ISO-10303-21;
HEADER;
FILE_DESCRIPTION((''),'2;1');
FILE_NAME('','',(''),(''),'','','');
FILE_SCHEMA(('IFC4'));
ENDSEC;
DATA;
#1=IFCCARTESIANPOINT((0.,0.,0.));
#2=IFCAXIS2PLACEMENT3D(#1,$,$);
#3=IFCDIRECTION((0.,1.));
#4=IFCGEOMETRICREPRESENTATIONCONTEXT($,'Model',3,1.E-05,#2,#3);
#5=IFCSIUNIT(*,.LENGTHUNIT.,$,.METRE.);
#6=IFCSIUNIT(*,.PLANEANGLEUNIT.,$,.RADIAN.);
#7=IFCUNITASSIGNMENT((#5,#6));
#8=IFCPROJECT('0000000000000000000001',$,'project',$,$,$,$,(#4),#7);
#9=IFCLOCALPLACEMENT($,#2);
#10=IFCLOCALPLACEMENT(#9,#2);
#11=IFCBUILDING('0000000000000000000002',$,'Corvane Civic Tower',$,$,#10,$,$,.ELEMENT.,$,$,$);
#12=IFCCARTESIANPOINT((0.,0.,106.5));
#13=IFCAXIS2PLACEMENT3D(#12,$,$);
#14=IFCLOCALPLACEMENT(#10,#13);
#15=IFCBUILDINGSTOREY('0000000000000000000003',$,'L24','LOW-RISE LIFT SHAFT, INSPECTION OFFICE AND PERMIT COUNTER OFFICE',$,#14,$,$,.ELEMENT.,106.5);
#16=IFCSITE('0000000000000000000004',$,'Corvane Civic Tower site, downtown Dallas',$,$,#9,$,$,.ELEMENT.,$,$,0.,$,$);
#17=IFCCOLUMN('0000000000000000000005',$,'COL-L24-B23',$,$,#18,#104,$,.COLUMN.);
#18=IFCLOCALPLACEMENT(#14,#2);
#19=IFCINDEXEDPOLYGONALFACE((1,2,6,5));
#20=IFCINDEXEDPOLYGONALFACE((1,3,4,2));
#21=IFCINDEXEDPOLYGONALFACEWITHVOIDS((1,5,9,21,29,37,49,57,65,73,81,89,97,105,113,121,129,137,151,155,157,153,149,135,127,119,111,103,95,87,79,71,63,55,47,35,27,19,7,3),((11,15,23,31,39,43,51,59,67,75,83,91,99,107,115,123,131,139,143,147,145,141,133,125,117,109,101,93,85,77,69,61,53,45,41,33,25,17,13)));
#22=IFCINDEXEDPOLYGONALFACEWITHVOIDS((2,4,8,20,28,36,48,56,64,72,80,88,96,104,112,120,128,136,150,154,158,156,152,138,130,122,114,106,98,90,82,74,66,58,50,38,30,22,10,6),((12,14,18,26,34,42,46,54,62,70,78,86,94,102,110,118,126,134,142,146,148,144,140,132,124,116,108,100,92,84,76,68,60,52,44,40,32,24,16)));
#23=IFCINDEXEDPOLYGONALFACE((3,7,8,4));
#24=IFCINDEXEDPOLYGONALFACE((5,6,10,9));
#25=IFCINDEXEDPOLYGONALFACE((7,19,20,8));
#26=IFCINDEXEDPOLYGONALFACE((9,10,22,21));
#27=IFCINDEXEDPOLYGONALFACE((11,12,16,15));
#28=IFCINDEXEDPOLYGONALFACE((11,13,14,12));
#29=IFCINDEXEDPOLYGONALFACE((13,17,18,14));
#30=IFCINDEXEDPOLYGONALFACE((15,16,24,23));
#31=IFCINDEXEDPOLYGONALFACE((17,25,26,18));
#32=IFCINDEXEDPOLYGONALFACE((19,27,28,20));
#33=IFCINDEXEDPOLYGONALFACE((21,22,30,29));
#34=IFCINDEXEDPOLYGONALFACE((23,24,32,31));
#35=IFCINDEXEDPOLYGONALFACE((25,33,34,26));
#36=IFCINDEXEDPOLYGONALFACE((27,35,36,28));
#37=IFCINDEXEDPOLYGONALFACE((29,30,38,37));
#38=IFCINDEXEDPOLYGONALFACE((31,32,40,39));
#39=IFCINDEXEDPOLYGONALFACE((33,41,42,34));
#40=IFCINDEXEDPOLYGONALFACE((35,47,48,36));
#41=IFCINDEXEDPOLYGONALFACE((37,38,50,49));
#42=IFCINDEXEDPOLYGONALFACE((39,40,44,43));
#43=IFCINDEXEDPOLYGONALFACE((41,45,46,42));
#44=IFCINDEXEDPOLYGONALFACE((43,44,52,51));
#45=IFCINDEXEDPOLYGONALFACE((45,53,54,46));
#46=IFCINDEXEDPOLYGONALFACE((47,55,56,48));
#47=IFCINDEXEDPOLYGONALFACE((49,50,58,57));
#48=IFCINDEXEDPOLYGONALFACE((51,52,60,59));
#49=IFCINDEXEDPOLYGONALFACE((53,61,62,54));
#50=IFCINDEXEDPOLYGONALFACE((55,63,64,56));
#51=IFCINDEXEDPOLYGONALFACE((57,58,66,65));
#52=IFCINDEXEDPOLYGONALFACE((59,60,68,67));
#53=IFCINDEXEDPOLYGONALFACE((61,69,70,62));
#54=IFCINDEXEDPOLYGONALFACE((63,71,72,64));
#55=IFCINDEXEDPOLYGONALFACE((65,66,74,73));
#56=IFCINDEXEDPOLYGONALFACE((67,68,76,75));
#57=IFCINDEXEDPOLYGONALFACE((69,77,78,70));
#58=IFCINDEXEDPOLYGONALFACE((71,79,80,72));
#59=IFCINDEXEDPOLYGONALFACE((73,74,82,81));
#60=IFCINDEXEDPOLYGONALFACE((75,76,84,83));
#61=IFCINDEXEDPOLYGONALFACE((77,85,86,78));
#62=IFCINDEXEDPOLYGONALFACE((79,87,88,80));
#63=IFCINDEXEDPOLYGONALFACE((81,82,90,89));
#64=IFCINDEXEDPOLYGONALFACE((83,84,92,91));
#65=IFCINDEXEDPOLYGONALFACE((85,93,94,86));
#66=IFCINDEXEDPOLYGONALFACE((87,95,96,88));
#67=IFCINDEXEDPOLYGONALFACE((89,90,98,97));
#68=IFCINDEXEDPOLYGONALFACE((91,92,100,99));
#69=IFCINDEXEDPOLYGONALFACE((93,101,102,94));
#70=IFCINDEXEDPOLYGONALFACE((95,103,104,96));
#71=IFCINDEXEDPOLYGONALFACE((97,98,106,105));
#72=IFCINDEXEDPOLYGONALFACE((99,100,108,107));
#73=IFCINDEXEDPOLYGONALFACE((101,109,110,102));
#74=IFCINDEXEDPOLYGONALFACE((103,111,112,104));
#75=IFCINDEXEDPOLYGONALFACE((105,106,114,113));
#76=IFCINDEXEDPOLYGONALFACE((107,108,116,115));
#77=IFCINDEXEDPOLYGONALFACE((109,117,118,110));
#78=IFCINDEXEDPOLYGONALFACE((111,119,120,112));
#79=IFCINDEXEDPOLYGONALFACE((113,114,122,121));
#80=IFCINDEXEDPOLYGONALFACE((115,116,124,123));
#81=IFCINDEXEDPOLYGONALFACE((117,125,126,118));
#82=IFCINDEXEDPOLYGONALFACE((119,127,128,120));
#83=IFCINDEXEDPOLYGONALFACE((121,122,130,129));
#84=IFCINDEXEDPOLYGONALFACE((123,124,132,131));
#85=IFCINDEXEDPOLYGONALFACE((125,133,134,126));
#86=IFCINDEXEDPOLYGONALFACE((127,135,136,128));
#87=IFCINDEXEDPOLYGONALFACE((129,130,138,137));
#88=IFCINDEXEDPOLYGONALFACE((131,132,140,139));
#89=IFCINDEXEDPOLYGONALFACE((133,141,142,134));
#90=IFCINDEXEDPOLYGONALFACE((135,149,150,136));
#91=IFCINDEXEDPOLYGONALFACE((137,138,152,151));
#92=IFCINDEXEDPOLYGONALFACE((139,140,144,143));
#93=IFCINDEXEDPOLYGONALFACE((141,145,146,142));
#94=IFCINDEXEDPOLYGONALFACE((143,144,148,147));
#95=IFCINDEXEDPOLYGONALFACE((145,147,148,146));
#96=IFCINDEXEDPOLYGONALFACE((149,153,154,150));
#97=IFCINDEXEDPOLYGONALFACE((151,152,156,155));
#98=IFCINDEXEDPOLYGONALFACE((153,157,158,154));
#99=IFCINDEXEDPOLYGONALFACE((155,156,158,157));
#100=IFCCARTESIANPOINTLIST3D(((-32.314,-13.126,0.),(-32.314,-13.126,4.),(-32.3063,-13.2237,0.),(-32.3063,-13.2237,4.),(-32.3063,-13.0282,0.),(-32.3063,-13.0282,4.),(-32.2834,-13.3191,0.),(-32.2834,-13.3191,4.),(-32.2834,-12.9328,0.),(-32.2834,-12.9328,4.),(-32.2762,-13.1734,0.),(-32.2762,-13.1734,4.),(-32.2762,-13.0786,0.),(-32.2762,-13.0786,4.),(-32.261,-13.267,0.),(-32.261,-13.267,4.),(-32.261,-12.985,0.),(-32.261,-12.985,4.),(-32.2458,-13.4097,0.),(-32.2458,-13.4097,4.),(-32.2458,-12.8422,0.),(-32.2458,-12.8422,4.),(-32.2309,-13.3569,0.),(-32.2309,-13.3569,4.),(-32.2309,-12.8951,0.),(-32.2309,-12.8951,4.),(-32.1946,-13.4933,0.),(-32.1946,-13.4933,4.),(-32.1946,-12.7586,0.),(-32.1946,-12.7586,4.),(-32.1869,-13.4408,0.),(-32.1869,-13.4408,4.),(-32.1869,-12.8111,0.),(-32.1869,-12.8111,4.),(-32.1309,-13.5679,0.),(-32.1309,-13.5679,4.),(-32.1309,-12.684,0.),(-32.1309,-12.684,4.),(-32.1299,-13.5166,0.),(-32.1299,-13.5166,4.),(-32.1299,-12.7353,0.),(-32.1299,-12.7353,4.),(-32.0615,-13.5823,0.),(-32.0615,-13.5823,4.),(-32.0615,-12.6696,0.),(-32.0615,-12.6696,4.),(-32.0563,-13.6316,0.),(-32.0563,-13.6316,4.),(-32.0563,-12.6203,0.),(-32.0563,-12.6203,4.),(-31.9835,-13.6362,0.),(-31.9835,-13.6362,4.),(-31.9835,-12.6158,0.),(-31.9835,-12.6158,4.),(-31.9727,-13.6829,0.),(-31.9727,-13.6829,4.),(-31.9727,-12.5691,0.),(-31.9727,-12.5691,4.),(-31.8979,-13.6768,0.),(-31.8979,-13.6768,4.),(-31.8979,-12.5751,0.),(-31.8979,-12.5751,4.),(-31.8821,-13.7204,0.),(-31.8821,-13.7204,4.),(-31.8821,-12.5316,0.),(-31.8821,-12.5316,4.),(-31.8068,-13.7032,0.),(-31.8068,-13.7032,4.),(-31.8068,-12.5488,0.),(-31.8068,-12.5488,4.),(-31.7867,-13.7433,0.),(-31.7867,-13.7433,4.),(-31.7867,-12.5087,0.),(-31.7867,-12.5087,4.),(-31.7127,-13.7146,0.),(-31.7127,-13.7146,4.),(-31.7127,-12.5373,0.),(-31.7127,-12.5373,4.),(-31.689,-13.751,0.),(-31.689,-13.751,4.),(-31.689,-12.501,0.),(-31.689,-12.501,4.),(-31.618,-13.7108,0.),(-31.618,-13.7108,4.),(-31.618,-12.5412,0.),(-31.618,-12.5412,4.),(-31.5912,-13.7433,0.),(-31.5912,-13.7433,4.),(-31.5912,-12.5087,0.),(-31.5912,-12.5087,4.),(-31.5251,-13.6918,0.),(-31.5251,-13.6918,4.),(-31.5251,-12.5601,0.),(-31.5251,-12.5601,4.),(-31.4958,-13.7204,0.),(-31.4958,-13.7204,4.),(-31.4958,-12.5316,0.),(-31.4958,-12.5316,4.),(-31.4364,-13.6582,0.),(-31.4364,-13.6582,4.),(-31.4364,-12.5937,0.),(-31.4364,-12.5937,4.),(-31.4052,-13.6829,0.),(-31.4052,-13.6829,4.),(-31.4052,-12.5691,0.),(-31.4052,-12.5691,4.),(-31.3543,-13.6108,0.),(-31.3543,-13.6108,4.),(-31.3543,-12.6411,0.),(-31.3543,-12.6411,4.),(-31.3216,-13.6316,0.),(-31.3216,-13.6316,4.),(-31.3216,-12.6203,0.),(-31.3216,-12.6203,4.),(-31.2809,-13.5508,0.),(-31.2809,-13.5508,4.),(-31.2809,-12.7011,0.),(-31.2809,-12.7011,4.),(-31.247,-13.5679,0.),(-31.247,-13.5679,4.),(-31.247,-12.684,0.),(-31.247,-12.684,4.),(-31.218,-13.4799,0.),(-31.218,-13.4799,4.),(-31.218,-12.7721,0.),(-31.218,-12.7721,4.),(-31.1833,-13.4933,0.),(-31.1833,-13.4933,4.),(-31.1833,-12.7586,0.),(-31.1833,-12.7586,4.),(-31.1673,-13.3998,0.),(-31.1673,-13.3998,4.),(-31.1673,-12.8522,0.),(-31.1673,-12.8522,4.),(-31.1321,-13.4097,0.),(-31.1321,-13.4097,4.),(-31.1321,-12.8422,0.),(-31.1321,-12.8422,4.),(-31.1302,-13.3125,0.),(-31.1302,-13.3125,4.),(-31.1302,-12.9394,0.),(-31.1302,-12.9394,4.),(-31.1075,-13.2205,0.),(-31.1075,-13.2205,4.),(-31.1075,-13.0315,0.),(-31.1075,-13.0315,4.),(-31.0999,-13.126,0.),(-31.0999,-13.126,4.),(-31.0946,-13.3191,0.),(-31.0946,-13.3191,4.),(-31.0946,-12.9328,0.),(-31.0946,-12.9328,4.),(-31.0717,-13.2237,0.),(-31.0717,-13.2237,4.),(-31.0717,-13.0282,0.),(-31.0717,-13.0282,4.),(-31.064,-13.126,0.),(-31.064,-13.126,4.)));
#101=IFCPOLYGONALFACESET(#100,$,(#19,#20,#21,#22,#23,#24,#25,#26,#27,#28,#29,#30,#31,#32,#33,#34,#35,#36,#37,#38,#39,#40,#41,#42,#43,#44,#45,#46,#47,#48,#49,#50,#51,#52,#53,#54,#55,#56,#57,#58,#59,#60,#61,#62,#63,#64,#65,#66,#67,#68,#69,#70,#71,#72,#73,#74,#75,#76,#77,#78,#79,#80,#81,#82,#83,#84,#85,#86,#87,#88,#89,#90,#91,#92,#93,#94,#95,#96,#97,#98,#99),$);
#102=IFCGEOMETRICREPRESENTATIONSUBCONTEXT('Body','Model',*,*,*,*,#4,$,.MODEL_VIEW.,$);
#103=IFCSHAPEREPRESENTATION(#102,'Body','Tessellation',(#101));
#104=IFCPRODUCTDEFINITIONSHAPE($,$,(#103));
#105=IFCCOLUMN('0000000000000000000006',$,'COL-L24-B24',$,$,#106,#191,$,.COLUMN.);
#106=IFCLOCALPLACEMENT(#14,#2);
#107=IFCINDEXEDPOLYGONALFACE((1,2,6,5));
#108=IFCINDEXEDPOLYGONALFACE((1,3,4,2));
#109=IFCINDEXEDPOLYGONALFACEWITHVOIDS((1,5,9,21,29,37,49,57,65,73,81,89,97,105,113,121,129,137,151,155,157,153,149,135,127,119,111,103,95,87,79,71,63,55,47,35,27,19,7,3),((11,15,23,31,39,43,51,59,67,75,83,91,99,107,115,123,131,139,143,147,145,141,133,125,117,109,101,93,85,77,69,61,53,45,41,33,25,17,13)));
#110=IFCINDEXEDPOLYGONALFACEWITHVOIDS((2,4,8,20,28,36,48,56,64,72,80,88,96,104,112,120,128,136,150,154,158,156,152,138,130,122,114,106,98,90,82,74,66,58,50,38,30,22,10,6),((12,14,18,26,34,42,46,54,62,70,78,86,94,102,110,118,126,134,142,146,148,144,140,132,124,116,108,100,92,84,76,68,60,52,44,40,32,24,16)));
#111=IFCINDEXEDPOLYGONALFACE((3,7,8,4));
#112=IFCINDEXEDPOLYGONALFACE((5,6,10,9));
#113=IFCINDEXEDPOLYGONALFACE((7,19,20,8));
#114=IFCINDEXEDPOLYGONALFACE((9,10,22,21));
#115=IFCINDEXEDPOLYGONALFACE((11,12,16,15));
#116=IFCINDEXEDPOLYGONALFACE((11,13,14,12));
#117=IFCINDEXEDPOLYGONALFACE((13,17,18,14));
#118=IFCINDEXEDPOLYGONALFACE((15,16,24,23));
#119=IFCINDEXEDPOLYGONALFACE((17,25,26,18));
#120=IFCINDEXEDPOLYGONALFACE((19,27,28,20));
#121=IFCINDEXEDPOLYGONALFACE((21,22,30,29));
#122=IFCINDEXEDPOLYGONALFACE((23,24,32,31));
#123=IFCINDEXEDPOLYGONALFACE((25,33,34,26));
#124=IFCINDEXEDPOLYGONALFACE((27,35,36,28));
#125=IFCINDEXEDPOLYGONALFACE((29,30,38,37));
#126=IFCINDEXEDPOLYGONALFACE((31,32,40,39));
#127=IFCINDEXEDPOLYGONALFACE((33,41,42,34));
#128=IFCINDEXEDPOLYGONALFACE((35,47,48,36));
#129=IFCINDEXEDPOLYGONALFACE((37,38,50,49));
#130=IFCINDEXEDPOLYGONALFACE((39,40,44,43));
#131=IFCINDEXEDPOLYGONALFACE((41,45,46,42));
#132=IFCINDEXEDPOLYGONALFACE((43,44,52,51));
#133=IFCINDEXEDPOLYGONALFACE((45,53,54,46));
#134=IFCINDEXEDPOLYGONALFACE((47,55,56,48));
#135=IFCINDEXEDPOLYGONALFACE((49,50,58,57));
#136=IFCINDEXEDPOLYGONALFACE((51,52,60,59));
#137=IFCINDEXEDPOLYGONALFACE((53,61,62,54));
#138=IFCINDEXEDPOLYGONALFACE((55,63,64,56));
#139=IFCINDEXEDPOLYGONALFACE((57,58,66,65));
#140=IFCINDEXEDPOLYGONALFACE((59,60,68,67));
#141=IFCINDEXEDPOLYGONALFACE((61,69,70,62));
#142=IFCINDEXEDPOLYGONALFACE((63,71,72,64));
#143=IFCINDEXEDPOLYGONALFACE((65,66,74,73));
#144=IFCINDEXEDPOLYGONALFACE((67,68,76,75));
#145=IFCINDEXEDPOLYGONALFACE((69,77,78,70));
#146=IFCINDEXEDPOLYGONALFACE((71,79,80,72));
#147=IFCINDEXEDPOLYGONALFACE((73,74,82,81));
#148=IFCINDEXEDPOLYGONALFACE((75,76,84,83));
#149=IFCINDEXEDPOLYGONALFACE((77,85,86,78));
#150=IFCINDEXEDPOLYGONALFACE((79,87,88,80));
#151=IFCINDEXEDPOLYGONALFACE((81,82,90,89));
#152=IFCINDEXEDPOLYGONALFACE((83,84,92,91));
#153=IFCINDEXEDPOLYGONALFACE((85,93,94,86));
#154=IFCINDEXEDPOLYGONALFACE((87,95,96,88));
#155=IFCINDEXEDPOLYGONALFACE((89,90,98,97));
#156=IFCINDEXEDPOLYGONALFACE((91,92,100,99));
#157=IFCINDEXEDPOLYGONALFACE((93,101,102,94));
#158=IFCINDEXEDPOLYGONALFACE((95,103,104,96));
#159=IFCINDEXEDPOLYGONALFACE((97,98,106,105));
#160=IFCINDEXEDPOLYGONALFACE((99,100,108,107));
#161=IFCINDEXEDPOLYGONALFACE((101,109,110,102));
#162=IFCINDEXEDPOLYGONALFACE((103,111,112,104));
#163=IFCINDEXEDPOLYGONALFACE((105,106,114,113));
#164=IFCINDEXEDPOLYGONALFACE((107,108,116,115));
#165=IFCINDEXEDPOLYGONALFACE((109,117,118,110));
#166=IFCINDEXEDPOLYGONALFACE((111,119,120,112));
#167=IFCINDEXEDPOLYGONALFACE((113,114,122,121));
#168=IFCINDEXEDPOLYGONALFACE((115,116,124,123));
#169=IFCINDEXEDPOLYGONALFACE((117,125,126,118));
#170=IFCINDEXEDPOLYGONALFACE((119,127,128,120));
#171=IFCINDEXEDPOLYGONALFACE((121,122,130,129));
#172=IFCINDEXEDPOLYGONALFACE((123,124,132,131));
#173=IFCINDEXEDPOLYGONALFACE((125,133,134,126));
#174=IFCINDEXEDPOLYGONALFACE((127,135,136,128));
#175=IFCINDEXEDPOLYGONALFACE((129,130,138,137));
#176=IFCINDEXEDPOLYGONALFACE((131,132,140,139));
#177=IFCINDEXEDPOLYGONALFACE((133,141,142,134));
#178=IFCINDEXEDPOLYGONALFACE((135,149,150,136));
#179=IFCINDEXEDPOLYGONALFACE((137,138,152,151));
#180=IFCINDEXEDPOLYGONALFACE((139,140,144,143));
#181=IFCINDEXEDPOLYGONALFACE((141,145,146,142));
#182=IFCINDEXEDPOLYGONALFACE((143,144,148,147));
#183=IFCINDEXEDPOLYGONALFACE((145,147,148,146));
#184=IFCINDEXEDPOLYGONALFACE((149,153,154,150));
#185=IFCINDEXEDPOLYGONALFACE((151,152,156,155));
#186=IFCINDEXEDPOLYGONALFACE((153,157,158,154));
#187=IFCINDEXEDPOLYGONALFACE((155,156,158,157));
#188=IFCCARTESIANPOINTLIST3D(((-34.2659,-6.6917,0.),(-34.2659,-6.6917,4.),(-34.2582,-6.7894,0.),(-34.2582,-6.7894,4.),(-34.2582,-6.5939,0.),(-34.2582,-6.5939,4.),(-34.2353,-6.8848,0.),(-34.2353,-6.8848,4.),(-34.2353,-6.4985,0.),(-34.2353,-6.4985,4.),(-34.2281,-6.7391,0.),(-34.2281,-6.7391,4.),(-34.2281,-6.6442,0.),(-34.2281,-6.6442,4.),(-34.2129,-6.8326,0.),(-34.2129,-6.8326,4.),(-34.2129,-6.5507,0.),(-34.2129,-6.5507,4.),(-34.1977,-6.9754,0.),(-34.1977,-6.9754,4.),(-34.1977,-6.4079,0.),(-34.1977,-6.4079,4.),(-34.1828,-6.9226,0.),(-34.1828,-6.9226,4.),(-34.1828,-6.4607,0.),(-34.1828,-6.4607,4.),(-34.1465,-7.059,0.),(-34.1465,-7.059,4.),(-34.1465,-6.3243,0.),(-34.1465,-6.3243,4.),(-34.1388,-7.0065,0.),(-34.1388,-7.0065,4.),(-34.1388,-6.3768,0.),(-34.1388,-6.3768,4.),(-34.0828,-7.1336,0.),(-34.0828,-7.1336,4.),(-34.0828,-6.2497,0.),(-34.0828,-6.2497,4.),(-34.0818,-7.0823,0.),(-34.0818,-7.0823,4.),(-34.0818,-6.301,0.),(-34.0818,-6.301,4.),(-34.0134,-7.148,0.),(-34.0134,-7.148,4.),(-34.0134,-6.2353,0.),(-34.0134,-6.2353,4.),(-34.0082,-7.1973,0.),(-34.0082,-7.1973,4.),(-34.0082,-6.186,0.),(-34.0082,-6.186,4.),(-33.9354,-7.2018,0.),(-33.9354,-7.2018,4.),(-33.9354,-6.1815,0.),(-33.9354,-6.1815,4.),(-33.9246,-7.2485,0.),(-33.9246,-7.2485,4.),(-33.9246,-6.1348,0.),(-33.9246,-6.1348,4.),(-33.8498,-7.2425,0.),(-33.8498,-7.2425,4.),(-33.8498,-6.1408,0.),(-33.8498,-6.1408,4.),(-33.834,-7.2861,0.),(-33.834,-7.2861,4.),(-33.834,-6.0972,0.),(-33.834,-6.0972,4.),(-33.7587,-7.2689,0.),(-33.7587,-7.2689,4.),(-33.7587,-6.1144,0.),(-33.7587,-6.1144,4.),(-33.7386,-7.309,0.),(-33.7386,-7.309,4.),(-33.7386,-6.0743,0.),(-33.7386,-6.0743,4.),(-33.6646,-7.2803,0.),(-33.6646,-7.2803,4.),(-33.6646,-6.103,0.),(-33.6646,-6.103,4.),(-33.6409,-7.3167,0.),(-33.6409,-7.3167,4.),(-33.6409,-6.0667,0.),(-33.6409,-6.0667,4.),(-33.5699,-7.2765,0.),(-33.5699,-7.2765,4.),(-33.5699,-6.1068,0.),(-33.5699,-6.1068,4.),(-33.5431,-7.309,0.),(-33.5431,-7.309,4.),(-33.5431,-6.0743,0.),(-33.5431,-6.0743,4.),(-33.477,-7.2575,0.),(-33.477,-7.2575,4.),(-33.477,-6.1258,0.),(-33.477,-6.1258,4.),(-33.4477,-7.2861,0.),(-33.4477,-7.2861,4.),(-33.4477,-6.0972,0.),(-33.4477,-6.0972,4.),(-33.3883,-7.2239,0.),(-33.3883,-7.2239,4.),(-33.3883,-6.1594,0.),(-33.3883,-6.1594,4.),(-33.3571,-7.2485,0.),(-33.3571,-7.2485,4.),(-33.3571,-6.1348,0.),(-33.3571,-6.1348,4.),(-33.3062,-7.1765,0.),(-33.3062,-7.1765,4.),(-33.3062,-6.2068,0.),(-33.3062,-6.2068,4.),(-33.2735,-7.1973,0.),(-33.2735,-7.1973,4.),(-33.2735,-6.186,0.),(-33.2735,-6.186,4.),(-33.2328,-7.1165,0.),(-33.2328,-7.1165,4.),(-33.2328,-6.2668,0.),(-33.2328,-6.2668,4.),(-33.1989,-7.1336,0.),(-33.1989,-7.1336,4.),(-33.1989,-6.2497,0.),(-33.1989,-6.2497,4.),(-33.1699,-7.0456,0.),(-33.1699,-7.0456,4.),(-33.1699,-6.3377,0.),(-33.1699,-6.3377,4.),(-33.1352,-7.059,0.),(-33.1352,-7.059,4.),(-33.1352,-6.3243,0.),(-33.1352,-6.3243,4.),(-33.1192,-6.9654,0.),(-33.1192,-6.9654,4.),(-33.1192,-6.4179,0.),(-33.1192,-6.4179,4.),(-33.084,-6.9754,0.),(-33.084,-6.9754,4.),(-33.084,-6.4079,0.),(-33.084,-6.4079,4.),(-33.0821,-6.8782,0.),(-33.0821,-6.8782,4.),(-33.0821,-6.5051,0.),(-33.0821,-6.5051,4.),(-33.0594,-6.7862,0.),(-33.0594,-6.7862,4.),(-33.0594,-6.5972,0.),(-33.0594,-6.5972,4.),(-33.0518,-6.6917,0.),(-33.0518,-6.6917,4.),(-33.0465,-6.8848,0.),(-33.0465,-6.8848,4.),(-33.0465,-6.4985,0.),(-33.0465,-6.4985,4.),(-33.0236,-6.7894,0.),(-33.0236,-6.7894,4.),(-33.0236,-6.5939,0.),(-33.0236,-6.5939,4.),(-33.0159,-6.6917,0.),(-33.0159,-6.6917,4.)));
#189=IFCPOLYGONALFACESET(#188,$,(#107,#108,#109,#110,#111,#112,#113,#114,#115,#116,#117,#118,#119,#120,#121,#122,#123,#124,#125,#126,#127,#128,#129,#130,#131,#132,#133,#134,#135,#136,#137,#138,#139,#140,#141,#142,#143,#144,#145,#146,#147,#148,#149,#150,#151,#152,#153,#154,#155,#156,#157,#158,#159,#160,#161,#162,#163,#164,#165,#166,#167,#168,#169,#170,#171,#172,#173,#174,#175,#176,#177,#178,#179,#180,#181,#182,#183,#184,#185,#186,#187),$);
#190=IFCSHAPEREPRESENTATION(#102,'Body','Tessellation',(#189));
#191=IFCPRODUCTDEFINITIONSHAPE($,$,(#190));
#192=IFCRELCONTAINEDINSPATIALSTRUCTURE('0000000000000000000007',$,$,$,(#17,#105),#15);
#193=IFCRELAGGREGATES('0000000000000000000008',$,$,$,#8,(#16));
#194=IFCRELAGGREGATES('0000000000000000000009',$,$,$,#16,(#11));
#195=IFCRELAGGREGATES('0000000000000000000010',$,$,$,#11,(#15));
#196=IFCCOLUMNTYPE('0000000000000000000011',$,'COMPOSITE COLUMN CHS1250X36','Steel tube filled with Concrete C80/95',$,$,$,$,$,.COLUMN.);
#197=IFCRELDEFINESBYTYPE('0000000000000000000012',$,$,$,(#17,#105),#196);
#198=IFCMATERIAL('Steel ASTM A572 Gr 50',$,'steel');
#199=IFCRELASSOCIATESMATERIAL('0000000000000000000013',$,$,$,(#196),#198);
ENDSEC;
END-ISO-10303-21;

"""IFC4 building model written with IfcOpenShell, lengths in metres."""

from ifc_helpers import new_model, si_unit, direction, frame, origin, origin_2d, place, context, subcontext, project, spatial, hollow_circle, extrude, material, material_profile, profile_set, type_object, element, save


model = new_model("IFC4")

# Units and contexts
model_context = context("Model", 3, precision=1e-05, world=origin(), true_north=direction((0.0, 1.0)))
body_context = subcontext(model_context, "Body", "Model", "MODEL_VIEW")
ifc_project = project(units=[si_unit("LENGTHUNIT", "METRE"), si_unit("PLANEANGLEUNIT", "RADIAN")], contexts=[model_context])

# Site, building, storey
site_placement = place(None, origin())
site = spatial("IfcSite", under=ifc_project, at=site_placement, Name="Corvane Civic Tower site, downtown Dallas", CompositionType="ELEMENT", RefElevation=0.0)
building_placement = place(site_placement, origin())
building = spatial("IfcBuilding", under=site, at=building_placement, Name="Corvane Civic Tower", CompositionType="ELEMENT")
storey_placement = place(building_placement, frame((0.0, 0.0, 106.5)))
storey = spatial("IfcBuildingStorey", under=building, at=storey_placement, Name="L24", Description="LOW-RISE LIFT SHAFT, INSPECTION OFFICE AND PERMIT COUNTER OFFICE", CompositionType="ELEMENT", Elevation=106.5)

# Columns
ifc_material_1 = material(Name="Steel ASTM A572 Gr 50", Category="steel")
ifc_material_profile_1 = material_profile(ifc_material_1, hollow_circle(Radius=0.625, WallThickness=0.0359, at=origin_2d()), Name="CHS1250X36")
ifc_profile_set_1 = profile_set([ifc_material_profile_1], Name="Steel ASTM A572 Gr 50")
column_type = type_object("IfcColumnType", Name="COMPOSITE COLUMN CHS1250X36", Description="Steel tube filled with Concrete C80/95", PredefinedType="COLUMN", material=ifc_profile_set_1)
for number, where, z_axis, x_axis, name in (
    (1, (-31.689, -13.126, 0.0), (0.0, 0.0, 1.0), (1.0, 0.0, 0.0), "COL-L24-B23"),
    (2, (-33.6409, -6.6917, 0.0), (0.0, 0.0, 1.0), (1.0, 0.0, 0.0), "COL-L24-B24"),
):
    element("IfcColumn", number, at=place(storey_placement, frame(where, z_axis=z_axis, x_axis=x_axis)), inside=storey, type_object=column_type, Name=name, PredefinedType="COLUMN", context=body_context, shape_type="SweptSolid", body=[
        extrude(hollow_circle(Radius=0.625, WallThickness=0.0359, at=origin_2d()), origin(), (0.0, 0.0, 1.0), 4.0),
    ])

save(model, "model.ifc")
